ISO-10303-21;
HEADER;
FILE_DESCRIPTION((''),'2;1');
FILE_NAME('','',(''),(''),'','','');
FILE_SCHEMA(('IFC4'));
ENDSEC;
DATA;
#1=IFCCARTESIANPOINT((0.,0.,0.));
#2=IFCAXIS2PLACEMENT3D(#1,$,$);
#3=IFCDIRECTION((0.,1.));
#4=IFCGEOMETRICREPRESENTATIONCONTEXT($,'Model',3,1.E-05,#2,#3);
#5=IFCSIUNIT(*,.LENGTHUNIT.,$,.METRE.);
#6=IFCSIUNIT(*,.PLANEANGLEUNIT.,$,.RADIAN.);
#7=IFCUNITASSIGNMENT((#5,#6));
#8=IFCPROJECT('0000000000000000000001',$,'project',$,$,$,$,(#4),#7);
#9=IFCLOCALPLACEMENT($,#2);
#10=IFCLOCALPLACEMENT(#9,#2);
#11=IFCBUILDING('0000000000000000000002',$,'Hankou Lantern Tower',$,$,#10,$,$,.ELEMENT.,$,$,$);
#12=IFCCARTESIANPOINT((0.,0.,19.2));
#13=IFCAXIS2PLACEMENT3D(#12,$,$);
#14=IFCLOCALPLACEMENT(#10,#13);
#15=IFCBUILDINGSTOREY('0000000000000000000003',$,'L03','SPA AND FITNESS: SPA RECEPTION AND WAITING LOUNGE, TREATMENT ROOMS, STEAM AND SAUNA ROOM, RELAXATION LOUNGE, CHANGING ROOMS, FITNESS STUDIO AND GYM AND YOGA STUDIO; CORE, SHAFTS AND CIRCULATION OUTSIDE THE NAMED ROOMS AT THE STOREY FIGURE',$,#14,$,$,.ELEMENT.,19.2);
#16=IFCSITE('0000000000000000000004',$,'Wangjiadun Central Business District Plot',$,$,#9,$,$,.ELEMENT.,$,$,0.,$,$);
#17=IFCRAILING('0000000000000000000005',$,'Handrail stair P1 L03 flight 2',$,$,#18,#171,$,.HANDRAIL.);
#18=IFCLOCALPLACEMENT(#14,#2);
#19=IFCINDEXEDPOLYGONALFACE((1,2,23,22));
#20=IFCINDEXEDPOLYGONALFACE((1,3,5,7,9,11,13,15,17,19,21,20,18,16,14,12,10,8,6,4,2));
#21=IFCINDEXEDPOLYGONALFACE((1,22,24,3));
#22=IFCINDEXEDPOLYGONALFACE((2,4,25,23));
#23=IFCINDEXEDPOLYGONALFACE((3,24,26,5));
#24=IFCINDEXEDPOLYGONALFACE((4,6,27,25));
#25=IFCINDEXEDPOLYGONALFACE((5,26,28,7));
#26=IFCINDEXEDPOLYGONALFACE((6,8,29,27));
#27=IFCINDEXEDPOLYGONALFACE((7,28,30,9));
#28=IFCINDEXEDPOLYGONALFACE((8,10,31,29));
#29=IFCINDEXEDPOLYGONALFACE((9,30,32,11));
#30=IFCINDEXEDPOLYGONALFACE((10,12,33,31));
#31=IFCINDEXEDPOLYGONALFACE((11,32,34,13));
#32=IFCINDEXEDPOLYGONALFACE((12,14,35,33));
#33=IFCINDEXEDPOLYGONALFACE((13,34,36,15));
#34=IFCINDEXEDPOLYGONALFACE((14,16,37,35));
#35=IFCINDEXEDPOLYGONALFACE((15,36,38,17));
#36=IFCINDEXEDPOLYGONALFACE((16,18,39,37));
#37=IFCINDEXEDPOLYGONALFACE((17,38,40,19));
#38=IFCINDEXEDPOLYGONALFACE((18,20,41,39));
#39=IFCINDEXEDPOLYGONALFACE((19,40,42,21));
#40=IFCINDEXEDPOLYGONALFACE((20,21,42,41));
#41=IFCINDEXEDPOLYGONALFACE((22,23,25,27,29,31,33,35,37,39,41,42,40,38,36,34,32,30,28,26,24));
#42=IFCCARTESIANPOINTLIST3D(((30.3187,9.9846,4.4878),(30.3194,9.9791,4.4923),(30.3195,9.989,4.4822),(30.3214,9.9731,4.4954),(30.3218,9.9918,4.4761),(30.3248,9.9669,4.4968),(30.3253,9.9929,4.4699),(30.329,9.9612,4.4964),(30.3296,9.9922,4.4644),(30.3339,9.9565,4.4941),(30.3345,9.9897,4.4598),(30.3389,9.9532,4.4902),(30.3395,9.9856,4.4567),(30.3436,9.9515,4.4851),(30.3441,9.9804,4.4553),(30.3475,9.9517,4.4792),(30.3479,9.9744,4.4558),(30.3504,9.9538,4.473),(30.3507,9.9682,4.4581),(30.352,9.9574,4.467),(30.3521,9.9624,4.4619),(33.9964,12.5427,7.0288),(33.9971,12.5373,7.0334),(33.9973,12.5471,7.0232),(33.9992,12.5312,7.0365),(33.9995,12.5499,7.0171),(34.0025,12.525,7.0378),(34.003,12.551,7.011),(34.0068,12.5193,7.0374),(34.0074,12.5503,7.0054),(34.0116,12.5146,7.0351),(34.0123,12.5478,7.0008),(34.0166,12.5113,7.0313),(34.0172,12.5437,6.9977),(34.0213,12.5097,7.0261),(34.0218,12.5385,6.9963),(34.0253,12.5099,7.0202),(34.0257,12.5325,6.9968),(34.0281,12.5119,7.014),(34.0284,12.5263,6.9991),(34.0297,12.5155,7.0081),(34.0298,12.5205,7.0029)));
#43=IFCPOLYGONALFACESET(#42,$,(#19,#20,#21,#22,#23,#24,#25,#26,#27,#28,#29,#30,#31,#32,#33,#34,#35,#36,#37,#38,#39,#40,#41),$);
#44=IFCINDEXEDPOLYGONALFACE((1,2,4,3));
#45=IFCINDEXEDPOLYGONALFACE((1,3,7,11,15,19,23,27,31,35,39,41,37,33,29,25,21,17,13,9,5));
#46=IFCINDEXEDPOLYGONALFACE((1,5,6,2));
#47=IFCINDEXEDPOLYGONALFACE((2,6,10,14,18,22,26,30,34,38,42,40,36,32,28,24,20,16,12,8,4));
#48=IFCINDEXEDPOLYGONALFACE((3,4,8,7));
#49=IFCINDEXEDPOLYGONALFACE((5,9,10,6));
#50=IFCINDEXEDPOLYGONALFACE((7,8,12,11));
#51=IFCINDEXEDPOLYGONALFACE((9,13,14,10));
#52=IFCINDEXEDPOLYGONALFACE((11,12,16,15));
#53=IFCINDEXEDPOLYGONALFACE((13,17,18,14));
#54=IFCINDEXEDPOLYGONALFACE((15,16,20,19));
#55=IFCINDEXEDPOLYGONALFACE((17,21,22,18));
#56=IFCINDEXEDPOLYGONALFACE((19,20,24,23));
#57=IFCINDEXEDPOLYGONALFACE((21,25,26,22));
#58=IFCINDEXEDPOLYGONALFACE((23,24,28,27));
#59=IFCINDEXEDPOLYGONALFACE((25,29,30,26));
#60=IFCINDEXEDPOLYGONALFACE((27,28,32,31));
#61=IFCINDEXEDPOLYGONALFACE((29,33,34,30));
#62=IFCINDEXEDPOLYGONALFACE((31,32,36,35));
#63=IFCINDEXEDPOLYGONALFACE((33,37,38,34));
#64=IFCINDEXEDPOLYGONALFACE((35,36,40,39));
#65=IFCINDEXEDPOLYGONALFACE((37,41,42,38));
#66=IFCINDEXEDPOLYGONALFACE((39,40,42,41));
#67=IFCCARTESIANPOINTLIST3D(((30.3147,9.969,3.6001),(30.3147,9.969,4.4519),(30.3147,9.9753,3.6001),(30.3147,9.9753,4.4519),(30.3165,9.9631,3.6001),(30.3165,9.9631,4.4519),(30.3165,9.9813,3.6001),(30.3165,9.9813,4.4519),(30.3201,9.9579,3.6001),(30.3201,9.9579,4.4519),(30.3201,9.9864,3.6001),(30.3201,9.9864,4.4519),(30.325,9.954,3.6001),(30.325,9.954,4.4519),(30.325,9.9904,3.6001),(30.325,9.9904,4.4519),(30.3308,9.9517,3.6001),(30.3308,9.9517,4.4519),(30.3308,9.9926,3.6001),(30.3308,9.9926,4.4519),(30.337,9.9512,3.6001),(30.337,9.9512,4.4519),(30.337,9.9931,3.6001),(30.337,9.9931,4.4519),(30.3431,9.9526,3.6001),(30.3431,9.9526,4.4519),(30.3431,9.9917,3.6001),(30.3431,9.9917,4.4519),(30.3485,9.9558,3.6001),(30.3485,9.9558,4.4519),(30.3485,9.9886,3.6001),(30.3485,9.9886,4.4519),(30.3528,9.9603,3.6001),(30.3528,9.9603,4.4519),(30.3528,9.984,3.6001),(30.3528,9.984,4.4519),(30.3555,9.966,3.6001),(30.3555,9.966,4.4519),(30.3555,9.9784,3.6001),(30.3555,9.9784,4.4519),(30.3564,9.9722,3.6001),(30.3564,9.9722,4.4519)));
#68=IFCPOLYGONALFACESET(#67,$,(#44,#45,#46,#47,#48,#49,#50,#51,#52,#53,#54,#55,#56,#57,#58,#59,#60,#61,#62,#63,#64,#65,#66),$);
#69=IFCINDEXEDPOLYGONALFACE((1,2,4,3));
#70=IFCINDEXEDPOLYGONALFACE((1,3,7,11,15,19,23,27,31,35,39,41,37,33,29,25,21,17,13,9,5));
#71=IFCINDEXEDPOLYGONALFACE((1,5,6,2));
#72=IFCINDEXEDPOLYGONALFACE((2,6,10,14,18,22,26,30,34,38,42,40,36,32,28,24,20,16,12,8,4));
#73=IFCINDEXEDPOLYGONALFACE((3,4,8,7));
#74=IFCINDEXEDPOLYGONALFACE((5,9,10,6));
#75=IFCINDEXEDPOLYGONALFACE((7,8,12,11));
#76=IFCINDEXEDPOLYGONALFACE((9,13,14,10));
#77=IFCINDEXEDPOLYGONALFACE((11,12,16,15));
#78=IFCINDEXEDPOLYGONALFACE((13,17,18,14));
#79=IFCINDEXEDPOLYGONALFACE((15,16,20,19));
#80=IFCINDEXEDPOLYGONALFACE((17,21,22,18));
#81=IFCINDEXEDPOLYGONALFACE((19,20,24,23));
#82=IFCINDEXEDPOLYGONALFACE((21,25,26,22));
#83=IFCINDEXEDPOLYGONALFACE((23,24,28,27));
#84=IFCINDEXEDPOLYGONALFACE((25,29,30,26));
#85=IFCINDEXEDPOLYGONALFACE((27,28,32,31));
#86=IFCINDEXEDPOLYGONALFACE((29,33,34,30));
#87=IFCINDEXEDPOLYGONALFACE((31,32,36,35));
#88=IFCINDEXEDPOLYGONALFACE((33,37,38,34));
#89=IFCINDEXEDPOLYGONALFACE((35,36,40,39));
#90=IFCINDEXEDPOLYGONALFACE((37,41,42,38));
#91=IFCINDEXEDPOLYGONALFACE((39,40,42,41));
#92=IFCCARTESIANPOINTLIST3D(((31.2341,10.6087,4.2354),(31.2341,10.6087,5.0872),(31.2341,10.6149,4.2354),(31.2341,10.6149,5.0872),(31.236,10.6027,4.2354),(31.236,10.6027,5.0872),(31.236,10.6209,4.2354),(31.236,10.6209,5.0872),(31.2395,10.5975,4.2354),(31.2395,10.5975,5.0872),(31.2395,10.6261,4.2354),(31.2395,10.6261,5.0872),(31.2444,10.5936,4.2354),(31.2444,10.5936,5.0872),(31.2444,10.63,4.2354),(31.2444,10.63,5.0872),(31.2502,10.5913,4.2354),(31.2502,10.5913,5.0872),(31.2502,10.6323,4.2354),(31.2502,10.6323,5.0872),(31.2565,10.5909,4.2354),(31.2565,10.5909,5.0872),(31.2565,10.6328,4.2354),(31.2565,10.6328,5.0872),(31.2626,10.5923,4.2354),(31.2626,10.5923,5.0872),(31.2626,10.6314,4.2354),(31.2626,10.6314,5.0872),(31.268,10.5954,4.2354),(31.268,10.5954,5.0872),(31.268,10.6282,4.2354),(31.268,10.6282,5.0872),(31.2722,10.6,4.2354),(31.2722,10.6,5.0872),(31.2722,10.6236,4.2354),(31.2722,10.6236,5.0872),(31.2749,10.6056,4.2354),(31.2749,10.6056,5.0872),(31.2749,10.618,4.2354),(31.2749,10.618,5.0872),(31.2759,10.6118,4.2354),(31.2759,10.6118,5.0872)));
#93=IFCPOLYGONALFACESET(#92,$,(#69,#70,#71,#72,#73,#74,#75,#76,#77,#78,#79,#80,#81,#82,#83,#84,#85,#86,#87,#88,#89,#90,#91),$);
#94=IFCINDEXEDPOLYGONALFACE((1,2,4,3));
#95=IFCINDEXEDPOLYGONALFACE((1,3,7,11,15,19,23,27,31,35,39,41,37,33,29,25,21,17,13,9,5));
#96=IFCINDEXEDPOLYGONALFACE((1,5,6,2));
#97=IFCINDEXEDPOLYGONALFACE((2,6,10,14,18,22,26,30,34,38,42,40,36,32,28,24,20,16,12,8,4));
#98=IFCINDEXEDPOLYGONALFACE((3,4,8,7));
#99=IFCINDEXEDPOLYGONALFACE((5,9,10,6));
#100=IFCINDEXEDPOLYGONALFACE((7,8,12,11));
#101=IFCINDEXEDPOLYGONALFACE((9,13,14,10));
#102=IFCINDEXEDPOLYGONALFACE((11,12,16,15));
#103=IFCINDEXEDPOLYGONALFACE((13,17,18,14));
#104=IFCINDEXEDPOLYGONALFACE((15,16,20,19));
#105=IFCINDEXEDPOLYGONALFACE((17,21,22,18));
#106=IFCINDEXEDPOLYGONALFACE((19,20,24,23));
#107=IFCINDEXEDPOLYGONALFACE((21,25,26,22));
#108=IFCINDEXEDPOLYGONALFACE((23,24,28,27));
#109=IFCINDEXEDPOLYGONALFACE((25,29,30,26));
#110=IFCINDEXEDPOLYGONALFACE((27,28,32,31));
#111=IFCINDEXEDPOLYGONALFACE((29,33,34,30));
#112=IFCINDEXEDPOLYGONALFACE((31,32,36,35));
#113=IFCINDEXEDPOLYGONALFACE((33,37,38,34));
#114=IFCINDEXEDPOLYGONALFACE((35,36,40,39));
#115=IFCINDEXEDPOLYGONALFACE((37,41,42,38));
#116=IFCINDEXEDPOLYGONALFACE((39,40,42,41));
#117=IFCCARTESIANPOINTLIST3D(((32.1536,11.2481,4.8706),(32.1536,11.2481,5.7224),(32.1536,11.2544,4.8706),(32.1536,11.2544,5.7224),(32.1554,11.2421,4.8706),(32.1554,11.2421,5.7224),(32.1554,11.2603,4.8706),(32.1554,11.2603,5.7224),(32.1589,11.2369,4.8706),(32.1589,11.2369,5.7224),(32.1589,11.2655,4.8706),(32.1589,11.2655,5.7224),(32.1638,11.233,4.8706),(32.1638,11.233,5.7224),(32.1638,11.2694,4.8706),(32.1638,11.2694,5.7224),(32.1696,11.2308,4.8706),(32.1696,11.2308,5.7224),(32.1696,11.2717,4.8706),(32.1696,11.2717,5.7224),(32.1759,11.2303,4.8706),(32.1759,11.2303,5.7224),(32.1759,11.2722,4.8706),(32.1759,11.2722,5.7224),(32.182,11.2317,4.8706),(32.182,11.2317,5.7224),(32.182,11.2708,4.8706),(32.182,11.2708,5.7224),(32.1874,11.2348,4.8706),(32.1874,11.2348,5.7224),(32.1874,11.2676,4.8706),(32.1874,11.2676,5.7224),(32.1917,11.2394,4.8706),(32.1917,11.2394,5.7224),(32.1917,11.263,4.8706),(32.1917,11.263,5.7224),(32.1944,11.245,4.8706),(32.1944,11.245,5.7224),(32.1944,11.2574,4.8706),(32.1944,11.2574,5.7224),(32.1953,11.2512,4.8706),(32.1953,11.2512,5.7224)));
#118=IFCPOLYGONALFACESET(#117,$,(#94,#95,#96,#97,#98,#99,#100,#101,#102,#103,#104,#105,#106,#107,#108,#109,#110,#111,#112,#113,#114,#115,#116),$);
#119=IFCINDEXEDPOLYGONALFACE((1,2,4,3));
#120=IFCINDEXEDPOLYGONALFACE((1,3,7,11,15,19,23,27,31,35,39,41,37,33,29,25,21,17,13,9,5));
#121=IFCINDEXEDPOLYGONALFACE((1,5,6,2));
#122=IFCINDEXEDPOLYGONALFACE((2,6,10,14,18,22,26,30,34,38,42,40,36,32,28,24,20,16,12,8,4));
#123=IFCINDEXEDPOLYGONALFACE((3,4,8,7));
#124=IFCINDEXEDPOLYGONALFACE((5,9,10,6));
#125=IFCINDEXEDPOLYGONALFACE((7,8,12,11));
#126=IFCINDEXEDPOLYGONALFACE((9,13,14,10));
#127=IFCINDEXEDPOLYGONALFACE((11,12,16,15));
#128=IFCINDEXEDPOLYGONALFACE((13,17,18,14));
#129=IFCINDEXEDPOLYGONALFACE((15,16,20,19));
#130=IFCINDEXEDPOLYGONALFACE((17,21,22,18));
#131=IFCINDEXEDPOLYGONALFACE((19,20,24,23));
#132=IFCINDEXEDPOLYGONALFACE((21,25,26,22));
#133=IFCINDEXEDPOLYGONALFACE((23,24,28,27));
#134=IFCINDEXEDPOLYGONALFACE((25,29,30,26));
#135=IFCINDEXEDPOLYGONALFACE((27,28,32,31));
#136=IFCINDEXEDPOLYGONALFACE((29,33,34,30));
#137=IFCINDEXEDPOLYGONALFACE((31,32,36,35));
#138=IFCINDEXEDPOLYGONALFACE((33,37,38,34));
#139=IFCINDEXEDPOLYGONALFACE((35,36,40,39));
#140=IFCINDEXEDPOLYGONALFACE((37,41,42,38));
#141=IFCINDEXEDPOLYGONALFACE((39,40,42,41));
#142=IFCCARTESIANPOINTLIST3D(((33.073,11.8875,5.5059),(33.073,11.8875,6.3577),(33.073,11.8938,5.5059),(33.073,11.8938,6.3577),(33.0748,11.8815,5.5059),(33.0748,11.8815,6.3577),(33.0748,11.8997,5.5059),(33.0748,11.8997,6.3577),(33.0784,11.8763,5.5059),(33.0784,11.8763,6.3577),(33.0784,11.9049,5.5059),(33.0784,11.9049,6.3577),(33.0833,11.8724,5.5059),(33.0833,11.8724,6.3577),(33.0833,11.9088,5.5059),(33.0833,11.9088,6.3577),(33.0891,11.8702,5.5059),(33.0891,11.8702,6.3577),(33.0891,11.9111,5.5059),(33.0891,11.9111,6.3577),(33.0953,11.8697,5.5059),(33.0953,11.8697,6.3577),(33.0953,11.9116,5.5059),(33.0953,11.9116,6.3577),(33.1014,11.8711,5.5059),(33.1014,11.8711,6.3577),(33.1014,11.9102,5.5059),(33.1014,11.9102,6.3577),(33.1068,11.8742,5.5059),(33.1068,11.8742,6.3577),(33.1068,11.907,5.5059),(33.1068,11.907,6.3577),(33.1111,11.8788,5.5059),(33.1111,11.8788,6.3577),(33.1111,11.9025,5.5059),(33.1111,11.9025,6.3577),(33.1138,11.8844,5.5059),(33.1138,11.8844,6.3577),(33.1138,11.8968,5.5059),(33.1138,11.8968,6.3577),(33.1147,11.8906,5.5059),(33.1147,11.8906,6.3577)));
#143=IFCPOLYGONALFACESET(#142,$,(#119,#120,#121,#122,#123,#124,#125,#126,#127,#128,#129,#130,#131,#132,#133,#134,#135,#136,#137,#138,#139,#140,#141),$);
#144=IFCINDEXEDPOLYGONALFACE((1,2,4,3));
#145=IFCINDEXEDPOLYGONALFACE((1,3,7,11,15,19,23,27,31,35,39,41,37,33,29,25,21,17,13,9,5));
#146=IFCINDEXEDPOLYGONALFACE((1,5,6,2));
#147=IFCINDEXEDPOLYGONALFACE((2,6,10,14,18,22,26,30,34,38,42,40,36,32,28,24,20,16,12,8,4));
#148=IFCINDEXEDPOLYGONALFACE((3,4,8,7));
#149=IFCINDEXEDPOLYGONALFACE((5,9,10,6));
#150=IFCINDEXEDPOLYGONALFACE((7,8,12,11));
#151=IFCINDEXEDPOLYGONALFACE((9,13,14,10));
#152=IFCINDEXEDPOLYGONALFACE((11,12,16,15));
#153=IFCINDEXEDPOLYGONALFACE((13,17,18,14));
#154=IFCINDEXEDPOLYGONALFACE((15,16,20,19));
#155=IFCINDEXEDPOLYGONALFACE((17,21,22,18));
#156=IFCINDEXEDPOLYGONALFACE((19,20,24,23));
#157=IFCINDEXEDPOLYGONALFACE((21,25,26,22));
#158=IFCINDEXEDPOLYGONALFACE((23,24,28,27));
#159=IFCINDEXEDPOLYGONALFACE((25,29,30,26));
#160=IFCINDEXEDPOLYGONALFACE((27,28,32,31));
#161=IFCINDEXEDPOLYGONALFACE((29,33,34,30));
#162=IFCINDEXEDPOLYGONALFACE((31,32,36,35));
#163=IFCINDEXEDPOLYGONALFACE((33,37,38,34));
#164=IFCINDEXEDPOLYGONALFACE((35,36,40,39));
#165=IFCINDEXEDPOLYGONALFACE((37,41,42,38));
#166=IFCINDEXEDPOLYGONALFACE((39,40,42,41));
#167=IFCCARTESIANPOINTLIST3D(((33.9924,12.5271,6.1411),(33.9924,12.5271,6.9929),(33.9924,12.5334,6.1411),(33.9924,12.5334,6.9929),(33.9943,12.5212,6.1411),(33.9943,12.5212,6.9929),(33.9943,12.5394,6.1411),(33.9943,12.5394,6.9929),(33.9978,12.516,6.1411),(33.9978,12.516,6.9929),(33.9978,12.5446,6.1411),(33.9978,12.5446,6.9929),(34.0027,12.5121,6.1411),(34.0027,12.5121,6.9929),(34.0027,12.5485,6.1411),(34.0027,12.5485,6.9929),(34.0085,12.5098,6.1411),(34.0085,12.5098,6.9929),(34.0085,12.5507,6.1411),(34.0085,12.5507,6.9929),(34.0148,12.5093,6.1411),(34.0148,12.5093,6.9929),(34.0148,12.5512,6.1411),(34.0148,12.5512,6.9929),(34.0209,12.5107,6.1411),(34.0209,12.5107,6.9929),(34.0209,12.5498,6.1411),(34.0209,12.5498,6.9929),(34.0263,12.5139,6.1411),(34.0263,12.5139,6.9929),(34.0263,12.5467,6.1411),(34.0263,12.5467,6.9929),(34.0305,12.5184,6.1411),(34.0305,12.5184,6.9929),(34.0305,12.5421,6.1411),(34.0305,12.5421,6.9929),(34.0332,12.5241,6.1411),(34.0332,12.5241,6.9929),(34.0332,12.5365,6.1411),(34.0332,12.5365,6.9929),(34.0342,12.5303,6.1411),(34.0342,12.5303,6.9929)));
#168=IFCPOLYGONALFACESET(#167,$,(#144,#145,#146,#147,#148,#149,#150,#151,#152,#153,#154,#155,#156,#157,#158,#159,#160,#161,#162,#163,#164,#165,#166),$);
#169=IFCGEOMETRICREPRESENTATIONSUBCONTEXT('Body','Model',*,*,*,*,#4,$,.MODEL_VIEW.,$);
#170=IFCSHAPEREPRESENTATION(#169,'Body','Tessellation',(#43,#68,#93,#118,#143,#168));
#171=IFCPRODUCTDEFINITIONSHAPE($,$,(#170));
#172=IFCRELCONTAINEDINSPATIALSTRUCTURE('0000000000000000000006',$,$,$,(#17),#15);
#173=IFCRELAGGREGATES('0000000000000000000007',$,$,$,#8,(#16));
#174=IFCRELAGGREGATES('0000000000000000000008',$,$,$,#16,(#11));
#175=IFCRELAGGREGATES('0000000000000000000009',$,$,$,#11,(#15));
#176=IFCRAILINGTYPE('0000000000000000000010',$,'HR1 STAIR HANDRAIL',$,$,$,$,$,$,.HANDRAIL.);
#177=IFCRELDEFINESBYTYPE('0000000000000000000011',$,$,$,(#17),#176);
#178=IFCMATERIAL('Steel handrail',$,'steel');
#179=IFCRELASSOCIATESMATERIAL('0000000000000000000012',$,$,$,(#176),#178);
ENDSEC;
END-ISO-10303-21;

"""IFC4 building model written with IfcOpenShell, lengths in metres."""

from ifc_helpers import new_model, si_unit, direction, frame, origin, origin_2d, place, context, subcontext, project, spatial, circle, extrude, material, type_object, element, save


model = new_model("IFC4")

# Units and contexts
model_context = context("Model", 3, precision=1e-05, world=origin(), true_north=direction((0.0, 1.0)))
body_context = subcontext(model_context, "Body", "Model", "MODEL_VIEW")
ifc_project = project(units=[si_unit("LENGTHUNIT", "METRE"), si_unit("PLANEANGLEUNIT", "RADIAN")], contexts=[model_context])

# Site, building, storey
site_placement = place(None, origin())
site = spatial("IfcSite", under=ifc_project, at=site_placement, Name="Wangjiadun Central Business District Plot", CompositionType="ELEMENT", RefElevation=0.0)
building_placement = place(site_placement, origin())
building = spatial("IfcBuilding", under=site, at=building_placement, Name="Hankou Lantern Tower", CompositionType="ELEMENT")
storey_placement = place(building_placement, frame((0.0, 0.0, 19.2)))
storey = spatial("IfcBuildingStorey", under=building, at=storey_placement, Name="L03", Description="SPA AND FITNESS: SPA RECEPTION AND WAITING LOUNGE, TREATMENT ROOMS, STEAM AND SAUNA ROOM, RELAXATION LOUNGE, CHANGING ROOMS, FITNESS STUDIO AND GYM AND YOGA STUDIO; CORE, SHAFTS AND CIRCULATION OUTSIDE THE NAMED ROOMS AT THE STOREY FIGURE", CompositionType="ELEMENT", Elevation=19.2)

# Railing
ifc_material_1 = material(Name="Steel handrail", Category="steel")
railing_type = type_object("IfcRailingType", Name="HR1 STAIR HANDRAIL", PredefinedType="HANDRAIL", material=ifc_material_1)
railing_placement = place(storey_placement, frame((30.3354, 9.9722, 3.6001)))
element("IfcRailing", 1, at=railing_placement, inside=storey, type_object=railing_type, Name="Handrail stair P1 L03 flight 2", PredefinedType="HANDRAIL", context=body_context, shape_type="SweptSolid", body=[
    extrude(circle(Radius=0.0239, at=origin_2d()), frame((0.0, 0.0, 0.876), z_axis=(0.714071, 0.496683, 0.493365), x_axis=(-0.571017, 0.820939, 0.0)), (0.0, 0.0, 1.0), 5.1504),
    extrude(circle(Radius=0.021, at=origin_2d()), origin(), (0.0, 0.0, 1.0), 0.8518),
    extrude(circle(Radius=0.021, at=origin_2d()), frame((0.9194, 0.6396, 0.6353)), (0.0, 0.0, 1.0), 0.8518),
    extrude(circle(Radius=0.021, at=origin_2d()), frame((1.8389, 1.2791, 1.2705)), (0.0, 0.0, 1.0), 0.8518),
    extrude(circle(Radius=0.021, at=origin_2d()), frame((2.7583, 1.9185, 1.9058)), (0.0, 0.0, 1.0), 0.8518),
    extrude(circle(Radius=0.021, at=origin_2d()), frame((3.6777, 2.5581, 2.541)), (0.0, 0.0, 1.0), 0.8518),
])

save(model, "model.ifc")
